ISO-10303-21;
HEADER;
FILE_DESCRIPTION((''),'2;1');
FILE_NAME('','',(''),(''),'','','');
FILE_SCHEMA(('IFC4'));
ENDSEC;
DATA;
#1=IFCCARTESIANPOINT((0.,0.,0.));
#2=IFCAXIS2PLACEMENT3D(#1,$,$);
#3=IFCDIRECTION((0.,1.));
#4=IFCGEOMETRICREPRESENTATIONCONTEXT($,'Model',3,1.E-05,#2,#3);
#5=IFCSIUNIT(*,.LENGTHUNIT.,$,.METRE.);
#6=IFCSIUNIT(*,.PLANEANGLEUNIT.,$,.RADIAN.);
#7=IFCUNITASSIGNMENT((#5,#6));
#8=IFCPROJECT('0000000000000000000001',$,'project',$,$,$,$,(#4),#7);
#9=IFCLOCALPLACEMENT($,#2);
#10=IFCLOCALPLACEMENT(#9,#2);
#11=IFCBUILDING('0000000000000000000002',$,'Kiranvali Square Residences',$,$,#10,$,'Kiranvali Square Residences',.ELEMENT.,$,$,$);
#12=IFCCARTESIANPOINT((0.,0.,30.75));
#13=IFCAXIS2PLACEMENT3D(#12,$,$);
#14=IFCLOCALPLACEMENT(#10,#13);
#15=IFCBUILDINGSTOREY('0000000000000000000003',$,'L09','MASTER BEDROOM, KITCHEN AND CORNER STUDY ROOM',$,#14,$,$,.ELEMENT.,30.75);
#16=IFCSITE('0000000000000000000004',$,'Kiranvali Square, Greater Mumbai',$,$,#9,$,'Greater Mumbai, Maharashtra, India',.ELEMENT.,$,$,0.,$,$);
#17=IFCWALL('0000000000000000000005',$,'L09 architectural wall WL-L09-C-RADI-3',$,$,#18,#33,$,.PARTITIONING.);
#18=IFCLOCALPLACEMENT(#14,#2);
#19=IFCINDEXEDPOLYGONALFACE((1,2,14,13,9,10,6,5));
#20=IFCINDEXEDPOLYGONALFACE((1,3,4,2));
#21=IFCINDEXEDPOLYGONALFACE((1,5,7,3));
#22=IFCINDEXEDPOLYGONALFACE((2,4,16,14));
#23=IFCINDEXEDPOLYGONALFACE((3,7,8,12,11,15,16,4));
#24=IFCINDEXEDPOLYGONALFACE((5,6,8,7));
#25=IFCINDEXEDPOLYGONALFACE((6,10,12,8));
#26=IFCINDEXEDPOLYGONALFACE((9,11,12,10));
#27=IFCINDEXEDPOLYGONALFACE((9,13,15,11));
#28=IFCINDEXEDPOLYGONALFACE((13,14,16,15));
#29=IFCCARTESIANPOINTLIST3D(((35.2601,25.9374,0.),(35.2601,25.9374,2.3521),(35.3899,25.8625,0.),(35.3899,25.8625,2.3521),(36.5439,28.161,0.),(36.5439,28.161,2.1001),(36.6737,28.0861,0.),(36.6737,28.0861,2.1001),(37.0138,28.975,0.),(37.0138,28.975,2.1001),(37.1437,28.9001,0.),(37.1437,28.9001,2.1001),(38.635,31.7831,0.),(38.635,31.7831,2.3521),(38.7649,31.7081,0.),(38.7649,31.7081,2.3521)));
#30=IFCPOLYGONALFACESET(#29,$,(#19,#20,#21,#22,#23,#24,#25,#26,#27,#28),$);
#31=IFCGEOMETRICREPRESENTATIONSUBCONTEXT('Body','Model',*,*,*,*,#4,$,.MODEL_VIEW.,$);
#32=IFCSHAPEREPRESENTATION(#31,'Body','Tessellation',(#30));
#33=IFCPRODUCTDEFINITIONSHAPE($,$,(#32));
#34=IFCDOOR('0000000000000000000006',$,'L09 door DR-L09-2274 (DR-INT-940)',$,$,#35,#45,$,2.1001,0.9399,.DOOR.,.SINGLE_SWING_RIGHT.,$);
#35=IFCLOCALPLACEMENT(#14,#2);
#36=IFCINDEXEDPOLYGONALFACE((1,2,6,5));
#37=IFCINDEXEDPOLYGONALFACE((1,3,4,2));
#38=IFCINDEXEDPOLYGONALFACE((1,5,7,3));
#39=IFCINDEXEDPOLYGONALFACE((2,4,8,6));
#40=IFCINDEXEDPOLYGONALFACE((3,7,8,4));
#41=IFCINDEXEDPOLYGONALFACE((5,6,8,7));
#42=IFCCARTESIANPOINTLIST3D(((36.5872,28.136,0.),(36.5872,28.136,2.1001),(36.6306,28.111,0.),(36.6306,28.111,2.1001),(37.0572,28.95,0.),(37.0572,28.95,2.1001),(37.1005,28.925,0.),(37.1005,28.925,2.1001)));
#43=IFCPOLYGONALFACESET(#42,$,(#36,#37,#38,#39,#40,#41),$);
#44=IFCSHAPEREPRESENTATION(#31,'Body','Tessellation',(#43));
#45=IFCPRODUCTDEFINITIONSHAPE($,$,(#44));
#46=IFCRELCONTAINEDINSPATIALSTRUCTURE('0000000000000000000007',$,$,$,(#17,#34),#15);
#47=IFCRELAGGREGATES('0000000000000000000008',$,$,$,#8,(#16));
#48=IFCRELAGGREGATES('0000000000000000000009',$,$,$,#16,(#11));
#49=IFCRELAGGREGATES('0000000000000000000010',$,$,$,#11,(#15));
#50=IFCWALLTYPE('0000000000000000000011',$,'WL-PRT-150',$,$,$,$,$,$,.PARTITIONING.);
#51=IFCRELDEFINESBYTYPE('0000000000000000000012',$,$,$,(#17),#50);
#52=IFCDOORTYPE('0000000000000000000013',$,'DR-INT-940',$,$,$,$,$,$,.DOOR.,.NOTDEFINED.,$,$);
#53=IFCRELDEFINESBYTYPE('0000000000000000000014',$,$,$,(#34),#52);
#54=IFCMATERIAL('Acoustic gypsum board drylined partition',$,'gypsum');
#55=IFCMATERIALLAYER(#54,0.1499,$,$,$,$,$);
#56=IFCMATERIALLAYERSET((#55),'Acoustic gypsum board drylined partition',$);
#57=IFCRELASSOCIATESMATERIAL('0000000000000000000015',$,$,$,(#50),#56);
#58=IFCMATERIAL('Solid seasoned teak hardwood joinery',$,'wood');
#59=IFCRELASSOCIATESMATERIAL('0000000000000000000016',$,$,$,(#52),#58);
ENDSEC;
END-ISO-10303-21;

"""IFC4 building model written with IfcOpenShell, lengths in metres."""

from ifc_helpers import new_model, si_unit, direction, frame, frame_2d, origin, place, context, subcontext, project, spatial, rectangle, extrude, material, layer, layer_set, type_object, element, fill, save


model = new_model("IFC4")

# Units and contexts
model_context = context("Model", 3, precision=1e-05, world=origin(), true_north=direction((0.0, 1.0)))
body_context = subcontext(model_context, "Body", "Model", "MODEL_VIEW")
ifc_project = project(units=[si_unit("LENGTHUNIT", "METRE"), si_unit("PLANEANGLEUNIT", "RADIAN")], contexts=[model_context])

# Site, building, storey
site_placement = place(None, origin())
site = spatial("IfcSite", under=ifc_project, at=site_placement, Name="Kiranvali Square, Greater Mumbai", LongName="Greater Mumbai, Maharashtra, India", CompositionType="ELEMENT", RefElevation=0.0)
building_placement = place(site_placement, origin())
building = spatial("IfcBuilding", under=site, at=building_placement, Name="Kiranvali Square Residences", LongName="Kiranvali Square Residences", CompositionType="ELEMENT")
storey_placement = place(building_placement, frame((0.0, 0.0, 30.75)))
storey = spatial("IfcBuildingStorey", under=building, at=storey_placement, Name="L09", Description="MASTER BEDROOM, KITCHEN AND CORNER STUDY ROOM", CompositionType="ELEMENT", Elevation=30.75)

# Wall, opening, door
ifc_material_1 = material(Name="Acoustic gypsum board drylined partition", Category="gypsum")
ifc_layer_1 = layer(ifc_material_1, 0.1499)
ifc_layer_set_1 = layer_set([ifc_layer_1], Name="Acoustic gypsum board drylined partition")
wall_type_1 = type_object("IfcWallType", Name="WL-PRT-150", PredefinedType="PARTITIONING", material=ifc_layer_set_1)
ifc_material_2 = material(Name="Solid seasoned teak hardwood joinery", Category="wood")
wall_1_placement = place(storey_placement, frame((38.7, 31.7456, 0.0), z_axis=(0.0, 0.0, 1.0), x_axis=(-0.499998, -0.866027, 0.0)))
wall_1 = element("IfcWall", 1, at=wall_1_placement, inside=storey, type_object=wall_type_1, Name="L09 architectural wall WL-L09-C-RADI-3", PredefinedType="PARTITIONING", context=body_context, shape_type="SweptSolid", body=[
    extrude(rectangle(XDim=6.75, YDim=0.1499, at=frame_2d((3.375, 0.0))), origin(), (0.0, 0.0, 1.0), 2.3521),
])
opening_1_placement = place(wall_1_placement, frame((3.2424, 0.0, 0.0)))
opening_1 = element("IfcOpeningElement", 2, at=opening_1_placement, cuts=wall_1, PredefinedType="OPENING", context=body_context, shape_type="SweptSolid", body=[
    extrude(rectangle(XDim=0.9399, YDim=2.1001, at=frame_2d((0.47, 1.05))), frame((0.0, 0.085, 0.0), z_axis=(0.0, -1.0, 0.0), x_axis=(1.0, 0.0, 0.0)), (0.0, 0.0, 1.0), 0.1699),
])
door_type_1 = type_object("IfcDoorType", Name="DR-INT-940", OperationType="NOTDEFINED", PredefinedType="DOOR", material=ifc_material_2)
door_1_placement = place(opening_1_placement, frame((0.9399, 0.0, 0.0), z_axis=(0.0, 0.0, 1.0), x_axis=(-1.0, 0.0, 0.0)))
door_1 = element("IfcDoor", 3, at=door_1_placement, inside=storey, type_object=door_type_1, Name="L09 door DR-L09-2274 (DR-INT-940)", OperationType="SINGLE_SWING_RIGHT", OverallHeight=2.1001, OverallWidth=0.9399, PredefinedType="DOOR", context=body_context, shape_type="SweptSolid", body=[
    extrude(rectangle(XDim=0.9399, YDim=2.1001, at=frame_2d((0.47, 1.05))), frame((0.0, 0.0249, 0.0), z_axis=(0.0, -1.0, 0.0), x_axis=(1.0, 0.0, 0.0)), (0.0, 0.0, 1.0), 0.05),
])
fill(opening_1, door_1)

save(model, "model.ifc")
